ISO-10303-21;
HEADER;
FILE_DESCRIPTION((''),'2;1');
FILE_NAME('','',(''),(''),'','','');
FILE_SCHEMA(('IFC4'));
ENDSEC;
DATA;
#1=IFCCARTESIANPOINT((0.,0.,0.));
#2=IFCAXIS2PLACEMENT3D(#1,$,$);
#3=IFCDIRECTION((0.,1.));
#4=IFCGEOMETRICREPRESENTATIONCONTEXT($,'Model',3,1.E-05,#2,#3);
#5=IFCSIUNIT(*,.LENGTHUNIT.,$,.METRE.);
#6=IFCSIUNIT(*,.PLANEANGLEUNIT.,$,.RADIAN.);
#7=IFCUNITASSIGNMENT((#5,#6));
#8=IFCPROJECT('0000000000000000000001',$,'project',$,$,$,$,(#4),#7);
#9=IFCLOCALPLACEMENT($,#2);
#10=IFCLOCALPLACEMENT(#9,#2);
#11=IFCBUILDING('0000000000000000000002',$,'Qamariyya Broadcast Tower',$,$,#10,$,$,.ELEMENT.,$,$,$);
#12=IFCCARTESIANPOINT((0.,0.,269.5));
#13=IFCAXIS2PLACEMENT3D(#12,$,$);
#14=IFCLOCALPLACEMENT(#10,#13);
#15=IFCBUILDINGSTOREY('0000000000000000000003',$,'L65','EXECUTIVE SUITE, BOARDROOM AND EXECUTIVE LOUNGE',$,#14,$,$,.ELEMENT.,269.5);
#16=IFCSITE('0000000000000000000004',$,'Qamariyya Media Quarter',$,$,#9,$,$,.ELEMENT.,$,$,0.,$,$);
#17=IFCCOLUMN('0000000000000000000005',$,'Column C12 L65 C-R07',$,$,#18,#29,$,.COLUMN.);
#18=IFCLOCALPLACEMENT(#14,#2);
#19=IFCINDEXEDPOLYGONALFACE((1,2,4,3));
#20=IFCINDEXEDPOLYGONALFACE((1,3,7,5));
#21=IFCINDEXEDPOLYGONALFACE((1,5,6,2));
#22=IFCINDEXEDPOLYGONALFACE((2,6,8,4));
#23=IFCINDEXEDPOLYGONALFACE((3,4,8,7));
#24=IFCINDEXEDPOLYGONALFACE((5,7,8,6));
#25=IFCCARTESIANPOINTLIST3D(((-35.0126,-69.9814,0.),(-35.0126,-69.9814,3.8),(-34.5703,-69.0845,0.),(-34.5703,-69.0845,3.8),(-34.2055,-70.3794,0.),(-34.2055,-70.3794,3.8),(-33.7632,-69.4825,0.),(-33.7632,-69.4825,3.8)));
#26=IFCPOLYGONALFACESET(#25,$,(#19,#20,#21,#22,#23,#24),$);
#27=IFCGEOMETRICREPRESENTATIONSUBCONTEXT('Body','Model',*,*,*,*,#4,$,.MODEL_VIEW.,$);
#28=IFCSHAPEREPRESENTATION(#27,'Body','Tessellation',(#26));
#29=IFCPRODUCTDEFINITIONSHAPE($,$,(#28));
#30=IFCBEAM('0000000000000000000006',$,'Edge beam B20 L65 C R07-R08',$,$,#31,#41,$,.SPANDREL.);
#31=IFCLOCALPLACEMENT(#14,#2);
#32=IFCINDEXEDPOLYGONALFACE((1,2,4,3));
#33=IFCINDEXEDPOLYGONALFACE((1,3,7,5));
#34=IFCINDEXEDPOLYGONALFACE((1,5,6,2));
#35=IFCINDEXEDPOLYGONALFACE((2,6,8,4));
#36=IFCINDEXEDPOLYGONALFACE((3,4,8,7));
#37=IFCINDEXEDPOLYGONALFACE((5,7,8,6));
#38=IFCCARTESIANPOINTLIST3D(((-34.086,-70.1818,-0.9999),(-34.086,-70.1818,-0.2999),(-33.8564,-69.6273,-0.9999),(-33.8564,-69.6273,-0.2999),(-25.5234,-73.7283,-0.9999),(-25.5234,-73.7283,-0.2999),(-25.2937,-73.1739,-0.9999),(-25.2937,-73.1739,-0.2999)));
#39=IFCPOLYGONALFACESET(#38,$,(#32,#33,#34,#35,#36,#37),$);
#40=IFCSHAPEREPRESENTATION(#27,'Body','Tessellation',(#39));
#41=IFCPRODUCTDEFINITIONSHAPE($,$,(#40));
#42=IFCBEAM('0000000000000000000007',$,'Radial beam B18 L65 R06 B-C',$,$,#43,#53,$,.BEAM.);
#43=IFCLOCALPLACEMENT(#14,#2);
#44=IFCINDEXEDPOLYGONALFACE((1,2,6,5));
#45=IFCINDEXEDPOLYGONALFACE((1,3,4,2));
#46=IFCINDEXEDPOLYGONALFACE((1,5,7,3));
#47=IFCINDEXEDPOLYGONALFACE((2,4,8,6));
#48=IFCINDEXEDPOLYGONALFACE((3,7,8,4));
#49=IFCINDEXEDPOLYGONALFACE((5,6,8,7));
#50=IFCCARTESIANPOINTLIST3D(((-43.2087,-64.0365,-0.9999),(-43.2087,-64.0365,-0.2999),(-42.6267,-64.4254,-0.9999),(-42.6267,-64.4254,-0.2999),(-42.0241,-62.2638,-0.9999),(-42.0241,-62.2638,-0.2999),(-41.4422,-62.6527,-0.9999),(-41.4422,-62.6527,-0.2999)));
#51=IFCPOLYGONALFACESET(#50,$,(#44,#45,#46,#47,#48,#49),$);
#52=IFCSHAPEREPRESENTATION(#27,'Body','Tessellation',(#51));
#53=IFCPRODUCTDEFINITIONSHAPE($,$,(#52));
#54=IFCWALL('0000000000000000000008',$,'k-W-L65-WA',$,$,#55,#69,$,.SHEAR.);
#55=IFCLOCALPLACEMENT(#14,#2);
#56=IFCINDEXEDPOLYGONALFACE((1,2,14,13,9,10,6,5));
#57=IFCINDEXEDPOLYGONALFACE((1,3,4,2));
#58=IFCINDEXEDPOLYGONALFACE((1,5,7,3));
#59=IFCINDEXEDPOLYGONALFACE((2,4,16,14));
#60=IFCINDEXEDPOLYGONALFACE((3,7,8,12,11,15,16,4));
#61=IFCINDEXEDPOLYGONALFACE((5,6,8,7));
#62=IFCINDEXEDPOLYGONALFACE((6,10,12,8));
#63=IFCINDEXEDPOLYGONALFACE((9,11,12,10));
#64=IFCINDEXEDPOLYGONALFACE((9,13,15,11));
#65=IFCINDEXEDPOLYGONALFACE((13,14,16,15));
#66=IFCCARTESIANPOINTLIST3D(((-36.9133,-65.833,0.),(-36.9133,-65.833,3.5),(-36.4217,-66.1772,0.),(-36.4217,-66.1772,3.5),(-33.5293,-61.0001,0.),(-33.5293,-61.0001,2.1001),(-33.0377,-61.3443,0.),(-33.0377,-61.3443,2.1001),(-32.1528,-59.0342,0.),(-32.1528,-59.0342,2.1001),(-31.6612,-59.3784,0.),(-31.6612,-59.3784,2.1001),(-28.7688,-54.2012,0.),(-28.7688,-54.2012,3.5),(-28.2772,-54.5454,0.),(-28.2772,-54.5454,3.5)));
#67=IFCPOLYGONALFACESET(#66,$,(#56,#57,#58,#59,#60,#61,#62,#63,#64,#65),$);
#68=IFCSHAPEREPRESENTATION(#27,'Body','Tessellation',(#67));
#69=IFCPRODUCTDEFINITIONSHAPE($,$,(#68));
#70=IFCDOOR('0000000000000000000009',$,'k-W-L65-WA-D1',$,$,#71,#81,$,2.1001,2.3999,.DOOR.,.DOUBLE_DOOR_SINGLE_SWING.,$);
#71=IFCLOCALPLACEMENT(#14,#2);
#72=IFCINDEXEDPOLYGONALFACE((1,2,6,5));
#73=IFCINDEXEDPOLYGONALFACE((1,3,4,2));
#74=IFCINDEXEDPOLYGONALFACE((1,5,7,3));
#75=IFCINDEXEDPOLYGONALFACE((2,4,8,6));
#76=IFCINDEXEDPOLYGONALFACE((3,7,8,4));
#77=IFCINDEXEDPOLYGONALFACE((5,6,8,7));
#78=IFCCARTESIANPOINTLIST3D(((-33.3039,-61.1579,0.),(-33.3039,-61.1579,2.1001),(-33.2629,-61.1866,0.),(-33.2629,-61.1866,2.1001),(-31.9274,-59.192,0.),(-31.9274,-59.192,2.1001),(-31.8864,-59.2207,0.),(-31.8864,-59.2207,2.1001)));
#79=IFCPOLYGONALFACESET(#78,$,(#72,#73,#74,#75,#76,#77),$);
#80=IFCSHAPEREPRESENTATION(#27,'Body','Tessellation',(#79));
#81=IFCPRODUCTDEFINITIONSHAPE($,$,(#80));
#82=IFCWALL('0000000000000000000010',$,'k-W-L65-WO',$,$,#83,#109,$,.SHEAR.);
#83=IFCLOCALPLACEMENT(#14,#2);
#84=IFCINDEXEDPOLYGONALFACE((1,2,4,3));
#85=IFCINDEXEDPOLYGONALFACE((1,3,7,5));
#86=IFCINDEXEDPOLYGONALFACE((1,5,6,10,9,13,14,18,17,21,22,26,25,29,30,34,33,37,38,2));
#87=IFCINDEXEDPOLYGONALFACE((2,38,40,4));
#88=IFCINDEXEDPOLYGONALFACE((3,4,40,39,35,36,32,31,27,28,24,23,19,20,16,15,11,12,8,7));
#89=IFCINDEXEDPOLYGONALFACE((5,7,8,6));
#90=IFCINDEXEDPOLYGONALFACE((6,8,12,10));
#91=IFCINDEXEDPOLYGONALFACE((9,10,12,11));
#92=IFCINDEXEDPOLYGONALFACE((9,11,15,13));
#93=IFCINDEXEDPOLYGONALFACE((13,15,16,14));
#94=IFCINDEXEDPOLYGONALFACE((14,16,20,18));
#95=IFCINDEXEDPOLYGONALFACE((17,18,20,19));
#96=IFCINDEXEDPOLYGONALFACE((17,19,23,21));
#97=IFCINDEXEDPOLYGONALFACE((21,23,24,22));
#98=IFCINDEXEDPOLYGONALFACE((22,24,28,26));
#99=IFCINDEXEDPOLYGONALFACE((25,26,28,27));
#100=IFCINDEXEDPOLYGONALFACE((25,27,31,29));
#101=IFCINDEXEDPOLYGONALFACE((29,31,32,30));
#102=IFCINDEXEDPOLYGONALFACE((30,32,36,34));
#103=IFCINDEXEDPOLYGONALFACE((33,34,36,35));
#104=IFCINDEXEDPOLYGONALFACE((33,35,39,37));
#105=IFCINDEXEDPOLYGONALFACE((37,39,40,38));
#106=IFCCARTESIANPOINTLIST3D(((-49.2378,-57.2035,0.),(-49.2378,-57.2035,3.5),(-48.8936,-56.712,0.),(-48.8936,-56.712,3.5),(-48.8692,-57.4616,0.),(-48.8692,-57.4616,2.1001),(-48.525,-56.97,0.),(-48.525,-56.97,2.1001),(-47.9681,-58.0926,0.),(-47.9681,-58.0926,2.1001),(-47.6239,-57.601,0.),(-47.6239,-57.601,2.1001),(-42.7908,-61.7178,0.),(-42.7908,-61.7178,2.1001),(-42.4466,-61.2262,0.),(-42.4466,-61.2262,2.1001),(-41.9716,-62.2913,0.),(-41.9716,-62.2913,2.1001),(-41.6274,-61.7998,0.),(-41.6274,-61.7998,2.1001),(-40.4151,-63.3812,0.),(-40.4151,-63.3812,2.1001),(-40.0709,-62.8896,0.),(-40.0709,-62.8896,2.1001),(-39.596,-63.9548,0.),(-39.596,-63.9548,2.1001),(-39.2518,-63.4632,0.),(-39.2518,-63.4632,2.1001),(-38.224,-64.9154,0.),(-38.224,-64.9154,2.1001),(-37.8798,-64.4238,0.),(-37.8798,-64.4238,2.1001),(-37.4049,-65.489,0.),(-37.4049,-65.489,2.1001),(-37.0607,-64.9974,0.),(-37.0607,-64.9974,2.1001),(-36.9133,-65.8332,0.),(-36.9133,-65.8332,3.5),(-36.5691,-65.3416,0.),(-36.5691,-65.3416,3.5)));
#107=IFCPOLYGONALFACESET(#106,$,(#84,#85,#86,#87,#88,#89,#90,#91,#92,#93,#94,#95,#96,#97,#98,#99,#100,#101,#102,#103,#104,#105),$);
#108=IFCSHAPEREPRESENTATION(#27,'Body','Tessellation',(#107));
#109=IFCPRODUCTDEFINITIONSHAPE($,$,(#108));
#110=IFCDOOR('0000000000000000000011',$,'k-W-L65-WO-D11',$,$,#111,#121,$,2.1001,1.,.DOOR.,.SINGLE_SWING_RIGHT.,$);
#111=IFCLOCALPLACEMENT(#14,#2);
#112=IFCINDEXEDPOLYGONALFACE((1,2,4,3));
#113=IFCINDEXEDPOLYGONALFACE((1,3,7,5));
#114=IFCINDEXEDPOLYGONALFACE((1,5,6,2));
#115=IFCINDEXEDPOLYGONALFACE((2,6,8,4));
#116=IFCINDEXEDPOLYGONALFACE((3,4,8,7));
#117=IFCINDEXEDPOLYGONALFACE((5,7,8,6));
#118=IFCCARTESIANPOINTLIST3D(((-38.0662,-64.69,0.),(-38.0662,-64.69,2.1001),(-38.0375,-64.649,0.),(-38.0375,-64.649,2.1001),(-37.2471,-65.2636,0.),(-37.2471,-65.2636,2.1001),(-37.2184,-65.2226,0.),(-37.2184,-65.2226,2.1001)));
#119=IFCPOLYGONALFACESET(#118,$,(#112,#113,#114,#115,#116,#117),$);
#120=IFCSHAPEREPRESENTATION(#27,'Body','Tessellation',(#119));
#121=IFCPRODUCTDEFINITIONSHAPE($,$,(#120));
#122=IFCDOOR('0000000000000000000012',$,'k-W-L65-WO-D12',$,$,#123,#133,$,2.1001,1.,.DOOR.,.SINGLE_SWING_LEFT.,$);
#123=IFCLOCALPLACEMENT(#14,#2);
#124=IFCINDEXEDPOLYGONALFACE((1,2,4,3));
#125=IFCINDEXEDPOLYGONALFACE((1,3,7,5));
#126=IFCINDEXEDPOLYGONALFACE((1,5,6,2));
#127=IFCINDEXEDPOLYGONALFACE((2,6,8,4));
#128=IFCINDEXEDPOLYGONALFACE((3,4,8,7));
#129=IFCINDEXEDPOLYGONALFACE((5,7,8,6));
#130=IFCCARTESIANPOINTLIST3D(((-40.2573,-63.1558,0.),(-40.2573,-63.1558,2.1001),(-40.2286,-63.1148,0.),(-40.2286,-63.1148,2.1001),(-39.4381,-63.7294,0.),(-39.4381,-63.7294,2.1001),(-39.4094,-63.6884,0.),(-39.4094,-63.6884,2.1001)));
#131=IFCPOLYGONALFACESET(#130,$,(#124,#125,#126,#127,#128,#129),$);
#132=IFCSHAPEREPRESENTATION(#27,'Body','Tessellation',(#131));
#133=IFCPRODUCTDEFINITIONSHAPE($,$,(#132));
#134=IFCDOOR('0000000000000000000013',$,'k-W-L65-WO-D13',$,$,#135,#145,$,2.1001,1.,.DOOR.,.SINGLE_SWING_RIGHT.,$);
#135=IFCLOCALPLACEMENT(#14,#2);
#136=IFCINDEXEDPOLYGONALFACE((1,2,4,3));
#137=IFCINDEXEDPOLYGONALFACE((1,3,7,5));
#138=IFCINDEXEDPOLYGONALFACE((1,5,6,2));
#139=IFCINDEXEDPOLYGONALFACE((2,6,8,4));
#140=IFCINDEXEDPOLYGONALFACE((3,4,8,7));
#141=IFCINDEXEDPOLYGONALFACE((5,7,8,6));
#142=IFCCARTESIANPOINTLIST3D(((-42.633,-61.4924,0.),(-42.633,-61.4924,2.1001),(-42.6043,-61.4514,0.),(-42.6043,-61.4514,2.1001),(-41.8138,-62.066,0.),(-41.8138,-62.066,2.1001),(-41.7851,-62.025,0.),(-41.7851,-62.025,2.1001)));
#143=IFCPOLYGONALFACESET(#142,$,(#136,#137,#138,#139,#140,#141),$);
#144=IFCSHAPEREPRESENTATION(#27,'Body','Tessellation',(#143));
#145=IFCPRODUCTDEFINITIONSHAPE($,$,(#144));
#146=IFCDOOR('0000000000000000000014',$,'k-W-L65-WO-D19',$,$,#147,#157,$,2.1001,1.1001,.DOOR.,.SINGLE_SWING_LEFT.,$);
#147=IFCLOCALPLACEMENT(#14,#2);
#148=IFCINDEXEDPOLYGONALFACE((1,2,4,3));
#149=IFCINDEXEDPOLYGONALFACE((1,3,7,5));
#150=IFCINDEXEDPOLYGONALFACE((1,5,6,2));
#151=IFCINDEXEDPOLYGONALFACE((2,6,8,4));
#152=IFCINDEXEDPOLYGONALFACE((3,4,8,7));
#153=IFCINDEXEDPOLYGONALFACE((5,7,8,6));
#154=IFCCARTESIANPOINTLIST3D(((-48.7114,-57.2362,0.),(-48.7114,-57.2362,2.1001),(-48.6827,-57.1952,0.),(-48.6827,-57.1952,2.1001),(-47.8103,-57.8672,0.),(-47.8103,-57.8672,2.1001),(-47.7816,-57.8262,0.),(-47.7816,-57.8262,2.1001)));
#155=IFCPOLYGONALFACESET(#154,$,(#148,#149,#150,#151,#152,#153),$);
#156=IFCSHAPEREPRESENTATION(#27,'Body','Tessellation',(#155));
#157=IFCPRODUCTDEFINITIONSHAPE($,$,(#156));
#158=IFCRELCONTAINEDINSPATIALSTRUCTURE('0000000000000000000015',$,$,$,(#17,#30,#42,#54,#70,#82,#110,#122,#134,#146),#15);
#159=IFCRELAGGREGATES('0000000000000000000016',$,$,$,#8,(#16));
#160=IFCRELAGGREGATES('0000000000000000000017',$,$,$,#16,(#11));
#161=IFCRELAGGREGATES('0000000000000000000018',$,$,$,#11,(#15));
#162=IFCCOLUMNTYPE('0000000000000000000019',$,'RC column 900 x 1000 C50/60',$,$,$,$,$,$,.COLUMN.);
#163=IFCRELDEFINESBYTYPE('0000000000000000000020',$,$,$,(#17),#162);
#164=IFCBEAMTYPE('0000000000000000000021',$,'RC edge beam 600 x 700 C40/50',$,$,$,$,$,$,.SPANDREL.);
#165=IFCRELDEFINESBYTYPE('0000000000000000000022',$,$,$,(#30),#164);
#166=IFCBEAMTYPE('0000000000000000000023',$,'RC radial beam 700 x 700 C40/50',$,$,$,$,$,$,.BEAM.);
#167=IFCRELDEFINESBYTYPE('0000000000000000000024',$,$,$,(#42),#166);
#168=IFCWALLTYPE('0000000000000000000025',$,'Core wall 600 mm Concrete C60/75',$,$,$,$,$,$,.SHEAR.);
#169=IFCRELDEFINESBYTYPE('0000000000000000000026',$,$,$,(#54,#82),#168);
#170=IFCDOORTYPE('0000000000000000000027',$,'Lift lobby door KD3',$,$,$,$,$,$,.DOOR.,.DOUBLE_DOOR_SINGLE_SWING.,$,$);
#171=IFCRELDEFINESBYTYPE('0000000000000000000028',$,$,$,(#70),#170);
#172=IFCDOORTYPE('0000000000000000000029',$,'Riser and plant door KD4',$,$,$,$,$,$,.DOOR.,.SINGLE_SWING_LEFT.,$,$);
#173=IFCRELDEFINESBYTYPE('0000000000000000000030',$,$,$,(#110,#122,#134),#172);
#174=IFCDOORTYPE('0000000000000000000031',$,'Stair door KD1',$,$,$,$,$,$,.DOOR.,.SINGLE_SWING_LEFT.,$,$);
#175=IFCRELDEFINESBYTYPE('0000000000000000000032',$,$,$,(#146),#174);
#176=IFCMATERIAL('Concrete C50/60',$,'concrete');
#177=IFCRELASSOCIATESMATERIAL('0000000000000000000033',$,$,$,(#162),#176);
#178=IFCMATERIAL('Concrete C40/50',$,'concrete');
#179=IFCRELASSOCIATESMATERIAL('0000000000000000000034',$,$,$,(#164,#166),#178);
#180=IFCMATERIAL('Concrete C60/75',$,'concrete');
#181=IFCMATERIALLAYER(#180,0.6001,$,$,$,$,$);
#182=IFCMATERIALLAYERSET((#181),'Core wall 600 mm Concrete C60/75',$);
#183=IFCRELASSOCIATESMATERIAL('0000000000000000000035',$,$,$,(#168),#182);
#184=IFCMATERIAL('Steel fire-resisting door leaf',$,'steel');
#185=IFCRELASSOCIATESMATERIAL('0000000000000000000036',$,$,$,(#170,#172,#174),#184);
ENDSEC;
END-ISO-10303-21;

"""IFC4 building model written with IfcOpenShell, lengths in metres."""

from ifc_helpers import new_model, si_unit, direction, frame, frame_2d, origin, origin_2d, place, context, subcontext, project, spatial, rectangle, extrude, material, layer, layer_set, material_profile, profile_set, type_object, element, fill, save


model = new_model("IFC4")

# Units and contexts
model_context = context("Model", 3, precision=1e-05, world=origin(), true_north=direction((0.0, 1.0)))
body_context = subcontext(model_context, "Body", "Model", "MODEL_VIEW")
ifc_project = project(units=[si_unit("LENGTHUNIT", "METRE"), si_unit("PLANEANGLEUNIT", "RADIAN")], contexts=[model_context])

# Site, building, storey
site_placement = place(None, origin())
site = spatial("IfcSite", under=ifc_project, at=site_placement, Name="Qamariyya Media Quarter", CompositionType="ELEMENT", RefElevation=0.0)
building_placement = place(site_placement, origin())
building = spatial("IfcBuilding", under=site, at=building_placement, Name="Qamariyya Broadcast Tower", CompositionType="ELEMENT")
storey_placement = place(building_placement, frame((0.0, 0.0, 269.5)))
storey = spatial("IfcBuildingStorey", under=building, at=storey_placement, Name="L65", Description="EXECUTIVE SUITE, BOARDROOM AND EXECUTIVE LOUNGE", CompositionType="ELEMENT", Elevation=269.5)

# Column
ifc_material_1 = material(Name="Concrete C50/60", Category="concrete")
ifc_material_profile_1 = material_profile(ifc_material_1, rectangle(XDim=0.8999, YDim=1.0, at=origin_2d()))
ifc_profile_set_1 = profile_set([ifc_material_profile_1], Name="Concrete C50/60")
column_type = type_object("IfcColumnType", Name="RC column 900 x 1000 C50/60", PredefinedType="COLUMN", material=ifc_profile_set_1)
column_placement = place(storey_placement, frame((-34.3879, -69.7319, 0.0), z_axis=(0.0, 0.0, 1.0), x_axis=(0.896873, -0.442289, 0.0)))
element("IfcColumn", 1, at=column_placement, inside=storey, type_object=column_type, Name="Column C12 L65 C-R07", PredefinedType="COLUMN", context=body_context, shape_type="SweptSolid", body=[
    extrude(rectangle(XDim=0.8999, YDim=1.0, at=origin_2d()), origin(), (0.0, 0.0, 1.0), 3.8),
])

# Beams
ifc_material_2 = material(Name="Concrete C40/50", Category="concrete")
ifc_material_profile_2 = material_profile(ifc_material_2, rectangle(XDim=0.6001, YDim=0.7, at=origin_2d()))
ifc_profile_set_2 = profile_set([ifc_material_profile_2], Name="Concrete C40/50")
beam_type_1 = type_object("IfcBeamType", Name="RC edge beam 600 x 700 C40/50", PredefinedType="SPANDREL", material=ifc_profile_set_2)
beam_1_placement = place(storey_placement, frame((-33.9712, -69.9045, -0.6499), z_axis=(0.923886, -0.382667, 0.0), x_axis=(0.382667, 0.923886, 0.0)))
element("IfcBeam", 2, at=beam_1_placement, inside=storey, type_object=beam_type_1, Name="Edge beam B20 L65 C R07-R08", PredefinedType="SPANDREL", context=body_context, shape_type="SweptSolid", body=[
    extrude(rectangle(XDim=0.6001, YDim=0.7, at=origin_2d()), origin(), (0.0, 0.0, 1.0), 9.2681),
])
ifc_material_profile_3 = material_profile(ifc_material_2, rectangle(XDim=0.7, YDim=0.7, at=origin_2d()))
ifc_profile_set_3 = profile_set([ifc_material_profile_3], Name="Concrete C40/50")
beam_type_2 = type_object("IfcBeamType", Name="RC radial beam 700 x 700 C40/50", PredefinedType="BEAM", material=ifc_profile_set_3)
beam_2_placement = place(storey_placement, frame((-41.7332, -62.4583, -0.6499), z_axis=(-0.555598, -0.831451, 0.0), x_axis=(0.831451, -0.555598, 0.0)))
element("IfcBeam", 3, at=beam_2_placement, inside=storey, type_object=beam_type_2, Name="Radial beam B18 L65 R06 B-C", PredefinedType="BEAM", context=body_context, shape_type="SweptSolid", body=[
    extrude(rectangle(XDim=0.7, YDim=0.7, at=origin_2d()), origin(), (0.0, 0.0, 1.0), 2.1321),
])

# Wall, opening, door
ifc_material_3 = material(Name="Concrete C60/75", Category="concrete")
ifc_layer_1 = layer(ifc_material_3, 0.6001)
ifc_layer_set_1 = layer_set([ifc_layer_1], Name="Core wall 600 mm Concrete C60/75")
wall_type_1 = type_object("IfcWallType", Name="Core wall 600 mm Concrete C60/75", PredefinedType="SHEAR", material=ifc_layer_set_1)
wall_1_placement = place(storey_placement, frame((-36.6675, -66.0051, 0.0), z_axis=(0.0, 0.0, 1.0), x_axis=(0.573568, 0.819158, 0.0)))
wall_1 = element("IfcWall", 4, at=wall_1_placement, inside=storey, type_object=wall_type_1, Name="k-W-L65-WA", PredefinedType="SHEAR", context=body_context, shape_type="SweptSolid", body=[
    extrude(rectangle(XDim=14.1997, YDim=0.6001, at=frame_2d((7.0999, 0.0))), origin(), (0.0, 0.0, 1.0), 3.5),
])
opening_1_placement = place(wall_1_placement, frame((5.8999, 0.0, 0.0)))
opening_1 = element("IfcOpeningElement", 5, at=opening_1_placement, cuts=wall_1, PredefinedType="OPENING", context=body_context, shape_type="SweptSolid", body=[
    extrude(rectangle(XDim=2.3999, YDim=2.1001, at=frame_2d((1.2, 1.05))), frame((0.0, 0.3101, 0.0), z_axis=(0.0, -1.0, 0.0), x_axis=(1.0, 0.0, 0.0)), (0.0, 0.0, 1.0), 0.6201),
])
ifc_material_4 = material(Name="Steel fire-resisting door leaf", Category="steel")
door_type_1 = type_object("IfcDoorType", Name="Lift lobby door KD3", OperationType="DOUBLE_DOOR_SINGLE_SWING", PredefinedType="DOOR", material=ifc_material_4)
door_1_placement = place(opening_1_placement, origin())
door_1 = element("IfcDoor", 6, at=door_1_placement, inside=storey, type_object=door_type_1, Name="k-W-L65-WA-D1", OperationType="DOUBLE_DOOR_SINGLE_SWING", OverallHeight=2.1001, OverallWidth=2.3999, PredefinedType="DOOR", context=body_context, shape_type="SweptSolid", body=[
    extrude(rectangle(XDim=2.3999, YDim=2.1001, at=frame_2d((1.2, 1.05))), frame((0.0, 0.0249, 0.0), z_axis=(0.0, -1.0, 0.0), x_axis=(1.0, 0.0, 0.0)), (0.0, 0.0, 1.0), 0.05),
])
fill(opening_1, door_1)

# Wall, openings, doors
wall_2_placement = place(storey_placement, frame((-36.7412, -65.5874, 0.0), z_axis=(0.0, 0.0, 1.0), x_axis=(-0.819153, 0.573575, 0.0)))
wall_2 = element("IfcWall", 7, at=wall_2_placement, inside=storey, type_object=wall_type_1, Name="k-W-L65-WO", PredefinedType="SHEAR", context=body_context, shape_type="SweptSolid", body=[
    extrude(rectangle(XDim=15.0454, YDim=0.6001, at=frame_2d((7.5227, 0.0))), origin(), (0.0, 0.0, 1.0), 3.5),
])
opening_2_placement = place(wall_2_placement, frame((0.6001, 0.0, 0.0)))
opening_2 = element("IfcOpeningElement", 8, at=opening_2_placement, cuts=wall_2, PredefinedType="OPENING", context=body_context, shape_type="SweptSolid", body=[
    extrude(rectangle(XDim=1.0, YDim=2.1001, at=frame_2d((0.5, 1.05))), frame((0.0, 0.3101, 0.0), z_axis=(0.0, -1.0, 0.0), x_axis=(1.0, 0.0, 0.0)), (0.0, 0.0, 1.0), 0.6201),
])
opening_3_placement = place(wall_2_placement, frame((3.2749, 0.0, 0.0)))
opening_3 = element("IfcOpeningElement", 9, at=opening_3_placement, cuts=wall_2, PredefinedType="OPENING", context=body_context, shape_type="SweptSolid", body=[
    extrude(rectangle(XDim=1.0, YDim=2.1001, at=frame_2d((0.5, 1.05))), frame((0.0, 0.3101, 0.0), z_axis=(0.0, -1.0, 0.0), x_axis=(1.0, 0.0, 0.0)), (0.0, 0.0, 1.0), 0.6201),
])
opening_4_placement = place(wall_2_placement, frame((6.175, 0.0, 0.0)))
opening_4 = element("IfcOpeningElement", 10, at=opening_4_placement, cuts=wall_2, PredefinedType="OPENING", context=body_context, shape_type="SweptSolid", body=[
    extrude(rectangle(XDim=1.0, YDim=2.1001, at=frame_2d((0.5, 1.05))), frame((0.0, 0.3101, 0.0), z_axis=(0.0, -1.0, 0.0), x_axis=(1.0, 0.0, 0.0)), (0.0, 0.0, 1.0), 0.6201),
])
opening_5_placement = place(wall_2_placement, frame((13.4954, 0.0, 0.0)))
opening_5 = element("IfcOpeningElement", 11, at=opening_5_placement, cuts=wall_2, PredefinedType="OPENING", context=body_context, shape_type="SweptSolid", body=[
    extrude(rectangle(XDim=1.1001, YDim=2.1001, at=frame_2d((0.55, 1.05))), frame((0.0, 0.3101, 0.0), z_axis=(0.0, -1.0, 0.0), x_axis=(1.0, 0.0, 0.0)), (0.0, 0.0, 1.0), 0.6201),
])
door_type_2 = type_object("IfcDoorType", Name="Riser and plant door KD4", OperationType="SINGLE_SWING_LEFT", PredefinedType="DOOR", material=ifc_material_4)
door_2_placement = place(opening_2_placement, origin())
door_2 = element("IfcDoor", 12, at=door_2_placement, inside=storey, type_object=door_type_2, Name="k-W-L65-WO-D11", OperationType="SINGLE_SWING_RIGHT", OverallHeight=2.1001, OverallWidth=1.0, PredefinedType="DOOR", context=body_context, shape_type="SweptSolid", body=[
    extrude(rectangle(XDim=1.0, YDim=2.1001, at=frame_2d((0.5, 1.05))), frame((0.0, 0.0249, 0.0), z_axis=(0.0, -1.0, 0.0), x_axis=(1.0, 0.0, 0.0)), (0.0, 0.0, 1.0), 0.05),
])
fill(opening_2, door_2)
door_3_placement = place(opening_3_placement, origin())
door_3 = element("IfcDoor", 13, at=door_3_placement, inside=storey, type_object=door_type_2, Name="k-W-L65-WO-D12", OperationType="SINGLE_SWING_LEFT", OverallHeight=2.1001, OverallWidth=1.0, PredefinedType="DOOR", context=body_context, shape_type="SweptSolid", body=[
    extrude(rectangle(XDim=1.0, YDim=2.1001, at=frame_2d((0.5, 1.05))), frame((0.0, 0.0249, 0.0), z_axis=(0.0, -1.0, 0.0), x_axis=(1.0, 0.0, 0.0)), (0.0, 0.0, 1.0), 0.05),
])
fill(opening_3, door_3)
door_4_placement = place(opening_4_placement, origin())
door_4 = element("IfcDoor", 14, at=door_4_placement, inside=storey, type_object=door_type_2, Name="k-W-L65-WO-D13", OperationType="SINGLE_SWING_RIGHT", OverallHeight=2.1001, OverallWidth=1.0, PredefinedType="DOOR", context=body_context, shape_type="SweptSolid", body=[
    extrude(rectangle(XDim=1.0, YDim=2.1001, at=frame_2d((0.5, 1.05))), frame((0.0, 0.0249, 0.0), z_axis=(0.0, -1.0, 0.0), x_axis=(1.0, 0.0, 0.0)), (0.0, 0.0, 1.0), 0.05),
])
fill(opening_4, door_4)
door_type_3 = type_object("IfcDoorType", Name="Stair door KD1", OperationType="SINGLE_SWING_LEFT", PredefinedType="DOOR", material=ifc_material_4)
door_5_placement = place(opening_5_placement, origin())
door_5 = element("IfcDoor", 15, at=door_5_placement, inside=storey, type_object=door_type_3, Name="k-W-L65-WO-D19", OperationType="SINGLE_SWING_LEFT", OverallHeight=2.1001, OverallWidth=1.1001, PredefinedType="DOOR", context=body_context, shape_type="SweptSolid", body=[
    extrude(rectangle(XDim=1.1001, YDim=2.1001, at=frame_2d((0.55, 1.05))), frame((0.0, 0.0249, 0.0), z_axis=(0.0, -1.0, 0.0), x_axis=(1.0, 0.0, 0.0)), (0.0, 0.0, 1.0), 0.05),
])
fill(opening_5, door_5)

save(model, "model.ifc")
